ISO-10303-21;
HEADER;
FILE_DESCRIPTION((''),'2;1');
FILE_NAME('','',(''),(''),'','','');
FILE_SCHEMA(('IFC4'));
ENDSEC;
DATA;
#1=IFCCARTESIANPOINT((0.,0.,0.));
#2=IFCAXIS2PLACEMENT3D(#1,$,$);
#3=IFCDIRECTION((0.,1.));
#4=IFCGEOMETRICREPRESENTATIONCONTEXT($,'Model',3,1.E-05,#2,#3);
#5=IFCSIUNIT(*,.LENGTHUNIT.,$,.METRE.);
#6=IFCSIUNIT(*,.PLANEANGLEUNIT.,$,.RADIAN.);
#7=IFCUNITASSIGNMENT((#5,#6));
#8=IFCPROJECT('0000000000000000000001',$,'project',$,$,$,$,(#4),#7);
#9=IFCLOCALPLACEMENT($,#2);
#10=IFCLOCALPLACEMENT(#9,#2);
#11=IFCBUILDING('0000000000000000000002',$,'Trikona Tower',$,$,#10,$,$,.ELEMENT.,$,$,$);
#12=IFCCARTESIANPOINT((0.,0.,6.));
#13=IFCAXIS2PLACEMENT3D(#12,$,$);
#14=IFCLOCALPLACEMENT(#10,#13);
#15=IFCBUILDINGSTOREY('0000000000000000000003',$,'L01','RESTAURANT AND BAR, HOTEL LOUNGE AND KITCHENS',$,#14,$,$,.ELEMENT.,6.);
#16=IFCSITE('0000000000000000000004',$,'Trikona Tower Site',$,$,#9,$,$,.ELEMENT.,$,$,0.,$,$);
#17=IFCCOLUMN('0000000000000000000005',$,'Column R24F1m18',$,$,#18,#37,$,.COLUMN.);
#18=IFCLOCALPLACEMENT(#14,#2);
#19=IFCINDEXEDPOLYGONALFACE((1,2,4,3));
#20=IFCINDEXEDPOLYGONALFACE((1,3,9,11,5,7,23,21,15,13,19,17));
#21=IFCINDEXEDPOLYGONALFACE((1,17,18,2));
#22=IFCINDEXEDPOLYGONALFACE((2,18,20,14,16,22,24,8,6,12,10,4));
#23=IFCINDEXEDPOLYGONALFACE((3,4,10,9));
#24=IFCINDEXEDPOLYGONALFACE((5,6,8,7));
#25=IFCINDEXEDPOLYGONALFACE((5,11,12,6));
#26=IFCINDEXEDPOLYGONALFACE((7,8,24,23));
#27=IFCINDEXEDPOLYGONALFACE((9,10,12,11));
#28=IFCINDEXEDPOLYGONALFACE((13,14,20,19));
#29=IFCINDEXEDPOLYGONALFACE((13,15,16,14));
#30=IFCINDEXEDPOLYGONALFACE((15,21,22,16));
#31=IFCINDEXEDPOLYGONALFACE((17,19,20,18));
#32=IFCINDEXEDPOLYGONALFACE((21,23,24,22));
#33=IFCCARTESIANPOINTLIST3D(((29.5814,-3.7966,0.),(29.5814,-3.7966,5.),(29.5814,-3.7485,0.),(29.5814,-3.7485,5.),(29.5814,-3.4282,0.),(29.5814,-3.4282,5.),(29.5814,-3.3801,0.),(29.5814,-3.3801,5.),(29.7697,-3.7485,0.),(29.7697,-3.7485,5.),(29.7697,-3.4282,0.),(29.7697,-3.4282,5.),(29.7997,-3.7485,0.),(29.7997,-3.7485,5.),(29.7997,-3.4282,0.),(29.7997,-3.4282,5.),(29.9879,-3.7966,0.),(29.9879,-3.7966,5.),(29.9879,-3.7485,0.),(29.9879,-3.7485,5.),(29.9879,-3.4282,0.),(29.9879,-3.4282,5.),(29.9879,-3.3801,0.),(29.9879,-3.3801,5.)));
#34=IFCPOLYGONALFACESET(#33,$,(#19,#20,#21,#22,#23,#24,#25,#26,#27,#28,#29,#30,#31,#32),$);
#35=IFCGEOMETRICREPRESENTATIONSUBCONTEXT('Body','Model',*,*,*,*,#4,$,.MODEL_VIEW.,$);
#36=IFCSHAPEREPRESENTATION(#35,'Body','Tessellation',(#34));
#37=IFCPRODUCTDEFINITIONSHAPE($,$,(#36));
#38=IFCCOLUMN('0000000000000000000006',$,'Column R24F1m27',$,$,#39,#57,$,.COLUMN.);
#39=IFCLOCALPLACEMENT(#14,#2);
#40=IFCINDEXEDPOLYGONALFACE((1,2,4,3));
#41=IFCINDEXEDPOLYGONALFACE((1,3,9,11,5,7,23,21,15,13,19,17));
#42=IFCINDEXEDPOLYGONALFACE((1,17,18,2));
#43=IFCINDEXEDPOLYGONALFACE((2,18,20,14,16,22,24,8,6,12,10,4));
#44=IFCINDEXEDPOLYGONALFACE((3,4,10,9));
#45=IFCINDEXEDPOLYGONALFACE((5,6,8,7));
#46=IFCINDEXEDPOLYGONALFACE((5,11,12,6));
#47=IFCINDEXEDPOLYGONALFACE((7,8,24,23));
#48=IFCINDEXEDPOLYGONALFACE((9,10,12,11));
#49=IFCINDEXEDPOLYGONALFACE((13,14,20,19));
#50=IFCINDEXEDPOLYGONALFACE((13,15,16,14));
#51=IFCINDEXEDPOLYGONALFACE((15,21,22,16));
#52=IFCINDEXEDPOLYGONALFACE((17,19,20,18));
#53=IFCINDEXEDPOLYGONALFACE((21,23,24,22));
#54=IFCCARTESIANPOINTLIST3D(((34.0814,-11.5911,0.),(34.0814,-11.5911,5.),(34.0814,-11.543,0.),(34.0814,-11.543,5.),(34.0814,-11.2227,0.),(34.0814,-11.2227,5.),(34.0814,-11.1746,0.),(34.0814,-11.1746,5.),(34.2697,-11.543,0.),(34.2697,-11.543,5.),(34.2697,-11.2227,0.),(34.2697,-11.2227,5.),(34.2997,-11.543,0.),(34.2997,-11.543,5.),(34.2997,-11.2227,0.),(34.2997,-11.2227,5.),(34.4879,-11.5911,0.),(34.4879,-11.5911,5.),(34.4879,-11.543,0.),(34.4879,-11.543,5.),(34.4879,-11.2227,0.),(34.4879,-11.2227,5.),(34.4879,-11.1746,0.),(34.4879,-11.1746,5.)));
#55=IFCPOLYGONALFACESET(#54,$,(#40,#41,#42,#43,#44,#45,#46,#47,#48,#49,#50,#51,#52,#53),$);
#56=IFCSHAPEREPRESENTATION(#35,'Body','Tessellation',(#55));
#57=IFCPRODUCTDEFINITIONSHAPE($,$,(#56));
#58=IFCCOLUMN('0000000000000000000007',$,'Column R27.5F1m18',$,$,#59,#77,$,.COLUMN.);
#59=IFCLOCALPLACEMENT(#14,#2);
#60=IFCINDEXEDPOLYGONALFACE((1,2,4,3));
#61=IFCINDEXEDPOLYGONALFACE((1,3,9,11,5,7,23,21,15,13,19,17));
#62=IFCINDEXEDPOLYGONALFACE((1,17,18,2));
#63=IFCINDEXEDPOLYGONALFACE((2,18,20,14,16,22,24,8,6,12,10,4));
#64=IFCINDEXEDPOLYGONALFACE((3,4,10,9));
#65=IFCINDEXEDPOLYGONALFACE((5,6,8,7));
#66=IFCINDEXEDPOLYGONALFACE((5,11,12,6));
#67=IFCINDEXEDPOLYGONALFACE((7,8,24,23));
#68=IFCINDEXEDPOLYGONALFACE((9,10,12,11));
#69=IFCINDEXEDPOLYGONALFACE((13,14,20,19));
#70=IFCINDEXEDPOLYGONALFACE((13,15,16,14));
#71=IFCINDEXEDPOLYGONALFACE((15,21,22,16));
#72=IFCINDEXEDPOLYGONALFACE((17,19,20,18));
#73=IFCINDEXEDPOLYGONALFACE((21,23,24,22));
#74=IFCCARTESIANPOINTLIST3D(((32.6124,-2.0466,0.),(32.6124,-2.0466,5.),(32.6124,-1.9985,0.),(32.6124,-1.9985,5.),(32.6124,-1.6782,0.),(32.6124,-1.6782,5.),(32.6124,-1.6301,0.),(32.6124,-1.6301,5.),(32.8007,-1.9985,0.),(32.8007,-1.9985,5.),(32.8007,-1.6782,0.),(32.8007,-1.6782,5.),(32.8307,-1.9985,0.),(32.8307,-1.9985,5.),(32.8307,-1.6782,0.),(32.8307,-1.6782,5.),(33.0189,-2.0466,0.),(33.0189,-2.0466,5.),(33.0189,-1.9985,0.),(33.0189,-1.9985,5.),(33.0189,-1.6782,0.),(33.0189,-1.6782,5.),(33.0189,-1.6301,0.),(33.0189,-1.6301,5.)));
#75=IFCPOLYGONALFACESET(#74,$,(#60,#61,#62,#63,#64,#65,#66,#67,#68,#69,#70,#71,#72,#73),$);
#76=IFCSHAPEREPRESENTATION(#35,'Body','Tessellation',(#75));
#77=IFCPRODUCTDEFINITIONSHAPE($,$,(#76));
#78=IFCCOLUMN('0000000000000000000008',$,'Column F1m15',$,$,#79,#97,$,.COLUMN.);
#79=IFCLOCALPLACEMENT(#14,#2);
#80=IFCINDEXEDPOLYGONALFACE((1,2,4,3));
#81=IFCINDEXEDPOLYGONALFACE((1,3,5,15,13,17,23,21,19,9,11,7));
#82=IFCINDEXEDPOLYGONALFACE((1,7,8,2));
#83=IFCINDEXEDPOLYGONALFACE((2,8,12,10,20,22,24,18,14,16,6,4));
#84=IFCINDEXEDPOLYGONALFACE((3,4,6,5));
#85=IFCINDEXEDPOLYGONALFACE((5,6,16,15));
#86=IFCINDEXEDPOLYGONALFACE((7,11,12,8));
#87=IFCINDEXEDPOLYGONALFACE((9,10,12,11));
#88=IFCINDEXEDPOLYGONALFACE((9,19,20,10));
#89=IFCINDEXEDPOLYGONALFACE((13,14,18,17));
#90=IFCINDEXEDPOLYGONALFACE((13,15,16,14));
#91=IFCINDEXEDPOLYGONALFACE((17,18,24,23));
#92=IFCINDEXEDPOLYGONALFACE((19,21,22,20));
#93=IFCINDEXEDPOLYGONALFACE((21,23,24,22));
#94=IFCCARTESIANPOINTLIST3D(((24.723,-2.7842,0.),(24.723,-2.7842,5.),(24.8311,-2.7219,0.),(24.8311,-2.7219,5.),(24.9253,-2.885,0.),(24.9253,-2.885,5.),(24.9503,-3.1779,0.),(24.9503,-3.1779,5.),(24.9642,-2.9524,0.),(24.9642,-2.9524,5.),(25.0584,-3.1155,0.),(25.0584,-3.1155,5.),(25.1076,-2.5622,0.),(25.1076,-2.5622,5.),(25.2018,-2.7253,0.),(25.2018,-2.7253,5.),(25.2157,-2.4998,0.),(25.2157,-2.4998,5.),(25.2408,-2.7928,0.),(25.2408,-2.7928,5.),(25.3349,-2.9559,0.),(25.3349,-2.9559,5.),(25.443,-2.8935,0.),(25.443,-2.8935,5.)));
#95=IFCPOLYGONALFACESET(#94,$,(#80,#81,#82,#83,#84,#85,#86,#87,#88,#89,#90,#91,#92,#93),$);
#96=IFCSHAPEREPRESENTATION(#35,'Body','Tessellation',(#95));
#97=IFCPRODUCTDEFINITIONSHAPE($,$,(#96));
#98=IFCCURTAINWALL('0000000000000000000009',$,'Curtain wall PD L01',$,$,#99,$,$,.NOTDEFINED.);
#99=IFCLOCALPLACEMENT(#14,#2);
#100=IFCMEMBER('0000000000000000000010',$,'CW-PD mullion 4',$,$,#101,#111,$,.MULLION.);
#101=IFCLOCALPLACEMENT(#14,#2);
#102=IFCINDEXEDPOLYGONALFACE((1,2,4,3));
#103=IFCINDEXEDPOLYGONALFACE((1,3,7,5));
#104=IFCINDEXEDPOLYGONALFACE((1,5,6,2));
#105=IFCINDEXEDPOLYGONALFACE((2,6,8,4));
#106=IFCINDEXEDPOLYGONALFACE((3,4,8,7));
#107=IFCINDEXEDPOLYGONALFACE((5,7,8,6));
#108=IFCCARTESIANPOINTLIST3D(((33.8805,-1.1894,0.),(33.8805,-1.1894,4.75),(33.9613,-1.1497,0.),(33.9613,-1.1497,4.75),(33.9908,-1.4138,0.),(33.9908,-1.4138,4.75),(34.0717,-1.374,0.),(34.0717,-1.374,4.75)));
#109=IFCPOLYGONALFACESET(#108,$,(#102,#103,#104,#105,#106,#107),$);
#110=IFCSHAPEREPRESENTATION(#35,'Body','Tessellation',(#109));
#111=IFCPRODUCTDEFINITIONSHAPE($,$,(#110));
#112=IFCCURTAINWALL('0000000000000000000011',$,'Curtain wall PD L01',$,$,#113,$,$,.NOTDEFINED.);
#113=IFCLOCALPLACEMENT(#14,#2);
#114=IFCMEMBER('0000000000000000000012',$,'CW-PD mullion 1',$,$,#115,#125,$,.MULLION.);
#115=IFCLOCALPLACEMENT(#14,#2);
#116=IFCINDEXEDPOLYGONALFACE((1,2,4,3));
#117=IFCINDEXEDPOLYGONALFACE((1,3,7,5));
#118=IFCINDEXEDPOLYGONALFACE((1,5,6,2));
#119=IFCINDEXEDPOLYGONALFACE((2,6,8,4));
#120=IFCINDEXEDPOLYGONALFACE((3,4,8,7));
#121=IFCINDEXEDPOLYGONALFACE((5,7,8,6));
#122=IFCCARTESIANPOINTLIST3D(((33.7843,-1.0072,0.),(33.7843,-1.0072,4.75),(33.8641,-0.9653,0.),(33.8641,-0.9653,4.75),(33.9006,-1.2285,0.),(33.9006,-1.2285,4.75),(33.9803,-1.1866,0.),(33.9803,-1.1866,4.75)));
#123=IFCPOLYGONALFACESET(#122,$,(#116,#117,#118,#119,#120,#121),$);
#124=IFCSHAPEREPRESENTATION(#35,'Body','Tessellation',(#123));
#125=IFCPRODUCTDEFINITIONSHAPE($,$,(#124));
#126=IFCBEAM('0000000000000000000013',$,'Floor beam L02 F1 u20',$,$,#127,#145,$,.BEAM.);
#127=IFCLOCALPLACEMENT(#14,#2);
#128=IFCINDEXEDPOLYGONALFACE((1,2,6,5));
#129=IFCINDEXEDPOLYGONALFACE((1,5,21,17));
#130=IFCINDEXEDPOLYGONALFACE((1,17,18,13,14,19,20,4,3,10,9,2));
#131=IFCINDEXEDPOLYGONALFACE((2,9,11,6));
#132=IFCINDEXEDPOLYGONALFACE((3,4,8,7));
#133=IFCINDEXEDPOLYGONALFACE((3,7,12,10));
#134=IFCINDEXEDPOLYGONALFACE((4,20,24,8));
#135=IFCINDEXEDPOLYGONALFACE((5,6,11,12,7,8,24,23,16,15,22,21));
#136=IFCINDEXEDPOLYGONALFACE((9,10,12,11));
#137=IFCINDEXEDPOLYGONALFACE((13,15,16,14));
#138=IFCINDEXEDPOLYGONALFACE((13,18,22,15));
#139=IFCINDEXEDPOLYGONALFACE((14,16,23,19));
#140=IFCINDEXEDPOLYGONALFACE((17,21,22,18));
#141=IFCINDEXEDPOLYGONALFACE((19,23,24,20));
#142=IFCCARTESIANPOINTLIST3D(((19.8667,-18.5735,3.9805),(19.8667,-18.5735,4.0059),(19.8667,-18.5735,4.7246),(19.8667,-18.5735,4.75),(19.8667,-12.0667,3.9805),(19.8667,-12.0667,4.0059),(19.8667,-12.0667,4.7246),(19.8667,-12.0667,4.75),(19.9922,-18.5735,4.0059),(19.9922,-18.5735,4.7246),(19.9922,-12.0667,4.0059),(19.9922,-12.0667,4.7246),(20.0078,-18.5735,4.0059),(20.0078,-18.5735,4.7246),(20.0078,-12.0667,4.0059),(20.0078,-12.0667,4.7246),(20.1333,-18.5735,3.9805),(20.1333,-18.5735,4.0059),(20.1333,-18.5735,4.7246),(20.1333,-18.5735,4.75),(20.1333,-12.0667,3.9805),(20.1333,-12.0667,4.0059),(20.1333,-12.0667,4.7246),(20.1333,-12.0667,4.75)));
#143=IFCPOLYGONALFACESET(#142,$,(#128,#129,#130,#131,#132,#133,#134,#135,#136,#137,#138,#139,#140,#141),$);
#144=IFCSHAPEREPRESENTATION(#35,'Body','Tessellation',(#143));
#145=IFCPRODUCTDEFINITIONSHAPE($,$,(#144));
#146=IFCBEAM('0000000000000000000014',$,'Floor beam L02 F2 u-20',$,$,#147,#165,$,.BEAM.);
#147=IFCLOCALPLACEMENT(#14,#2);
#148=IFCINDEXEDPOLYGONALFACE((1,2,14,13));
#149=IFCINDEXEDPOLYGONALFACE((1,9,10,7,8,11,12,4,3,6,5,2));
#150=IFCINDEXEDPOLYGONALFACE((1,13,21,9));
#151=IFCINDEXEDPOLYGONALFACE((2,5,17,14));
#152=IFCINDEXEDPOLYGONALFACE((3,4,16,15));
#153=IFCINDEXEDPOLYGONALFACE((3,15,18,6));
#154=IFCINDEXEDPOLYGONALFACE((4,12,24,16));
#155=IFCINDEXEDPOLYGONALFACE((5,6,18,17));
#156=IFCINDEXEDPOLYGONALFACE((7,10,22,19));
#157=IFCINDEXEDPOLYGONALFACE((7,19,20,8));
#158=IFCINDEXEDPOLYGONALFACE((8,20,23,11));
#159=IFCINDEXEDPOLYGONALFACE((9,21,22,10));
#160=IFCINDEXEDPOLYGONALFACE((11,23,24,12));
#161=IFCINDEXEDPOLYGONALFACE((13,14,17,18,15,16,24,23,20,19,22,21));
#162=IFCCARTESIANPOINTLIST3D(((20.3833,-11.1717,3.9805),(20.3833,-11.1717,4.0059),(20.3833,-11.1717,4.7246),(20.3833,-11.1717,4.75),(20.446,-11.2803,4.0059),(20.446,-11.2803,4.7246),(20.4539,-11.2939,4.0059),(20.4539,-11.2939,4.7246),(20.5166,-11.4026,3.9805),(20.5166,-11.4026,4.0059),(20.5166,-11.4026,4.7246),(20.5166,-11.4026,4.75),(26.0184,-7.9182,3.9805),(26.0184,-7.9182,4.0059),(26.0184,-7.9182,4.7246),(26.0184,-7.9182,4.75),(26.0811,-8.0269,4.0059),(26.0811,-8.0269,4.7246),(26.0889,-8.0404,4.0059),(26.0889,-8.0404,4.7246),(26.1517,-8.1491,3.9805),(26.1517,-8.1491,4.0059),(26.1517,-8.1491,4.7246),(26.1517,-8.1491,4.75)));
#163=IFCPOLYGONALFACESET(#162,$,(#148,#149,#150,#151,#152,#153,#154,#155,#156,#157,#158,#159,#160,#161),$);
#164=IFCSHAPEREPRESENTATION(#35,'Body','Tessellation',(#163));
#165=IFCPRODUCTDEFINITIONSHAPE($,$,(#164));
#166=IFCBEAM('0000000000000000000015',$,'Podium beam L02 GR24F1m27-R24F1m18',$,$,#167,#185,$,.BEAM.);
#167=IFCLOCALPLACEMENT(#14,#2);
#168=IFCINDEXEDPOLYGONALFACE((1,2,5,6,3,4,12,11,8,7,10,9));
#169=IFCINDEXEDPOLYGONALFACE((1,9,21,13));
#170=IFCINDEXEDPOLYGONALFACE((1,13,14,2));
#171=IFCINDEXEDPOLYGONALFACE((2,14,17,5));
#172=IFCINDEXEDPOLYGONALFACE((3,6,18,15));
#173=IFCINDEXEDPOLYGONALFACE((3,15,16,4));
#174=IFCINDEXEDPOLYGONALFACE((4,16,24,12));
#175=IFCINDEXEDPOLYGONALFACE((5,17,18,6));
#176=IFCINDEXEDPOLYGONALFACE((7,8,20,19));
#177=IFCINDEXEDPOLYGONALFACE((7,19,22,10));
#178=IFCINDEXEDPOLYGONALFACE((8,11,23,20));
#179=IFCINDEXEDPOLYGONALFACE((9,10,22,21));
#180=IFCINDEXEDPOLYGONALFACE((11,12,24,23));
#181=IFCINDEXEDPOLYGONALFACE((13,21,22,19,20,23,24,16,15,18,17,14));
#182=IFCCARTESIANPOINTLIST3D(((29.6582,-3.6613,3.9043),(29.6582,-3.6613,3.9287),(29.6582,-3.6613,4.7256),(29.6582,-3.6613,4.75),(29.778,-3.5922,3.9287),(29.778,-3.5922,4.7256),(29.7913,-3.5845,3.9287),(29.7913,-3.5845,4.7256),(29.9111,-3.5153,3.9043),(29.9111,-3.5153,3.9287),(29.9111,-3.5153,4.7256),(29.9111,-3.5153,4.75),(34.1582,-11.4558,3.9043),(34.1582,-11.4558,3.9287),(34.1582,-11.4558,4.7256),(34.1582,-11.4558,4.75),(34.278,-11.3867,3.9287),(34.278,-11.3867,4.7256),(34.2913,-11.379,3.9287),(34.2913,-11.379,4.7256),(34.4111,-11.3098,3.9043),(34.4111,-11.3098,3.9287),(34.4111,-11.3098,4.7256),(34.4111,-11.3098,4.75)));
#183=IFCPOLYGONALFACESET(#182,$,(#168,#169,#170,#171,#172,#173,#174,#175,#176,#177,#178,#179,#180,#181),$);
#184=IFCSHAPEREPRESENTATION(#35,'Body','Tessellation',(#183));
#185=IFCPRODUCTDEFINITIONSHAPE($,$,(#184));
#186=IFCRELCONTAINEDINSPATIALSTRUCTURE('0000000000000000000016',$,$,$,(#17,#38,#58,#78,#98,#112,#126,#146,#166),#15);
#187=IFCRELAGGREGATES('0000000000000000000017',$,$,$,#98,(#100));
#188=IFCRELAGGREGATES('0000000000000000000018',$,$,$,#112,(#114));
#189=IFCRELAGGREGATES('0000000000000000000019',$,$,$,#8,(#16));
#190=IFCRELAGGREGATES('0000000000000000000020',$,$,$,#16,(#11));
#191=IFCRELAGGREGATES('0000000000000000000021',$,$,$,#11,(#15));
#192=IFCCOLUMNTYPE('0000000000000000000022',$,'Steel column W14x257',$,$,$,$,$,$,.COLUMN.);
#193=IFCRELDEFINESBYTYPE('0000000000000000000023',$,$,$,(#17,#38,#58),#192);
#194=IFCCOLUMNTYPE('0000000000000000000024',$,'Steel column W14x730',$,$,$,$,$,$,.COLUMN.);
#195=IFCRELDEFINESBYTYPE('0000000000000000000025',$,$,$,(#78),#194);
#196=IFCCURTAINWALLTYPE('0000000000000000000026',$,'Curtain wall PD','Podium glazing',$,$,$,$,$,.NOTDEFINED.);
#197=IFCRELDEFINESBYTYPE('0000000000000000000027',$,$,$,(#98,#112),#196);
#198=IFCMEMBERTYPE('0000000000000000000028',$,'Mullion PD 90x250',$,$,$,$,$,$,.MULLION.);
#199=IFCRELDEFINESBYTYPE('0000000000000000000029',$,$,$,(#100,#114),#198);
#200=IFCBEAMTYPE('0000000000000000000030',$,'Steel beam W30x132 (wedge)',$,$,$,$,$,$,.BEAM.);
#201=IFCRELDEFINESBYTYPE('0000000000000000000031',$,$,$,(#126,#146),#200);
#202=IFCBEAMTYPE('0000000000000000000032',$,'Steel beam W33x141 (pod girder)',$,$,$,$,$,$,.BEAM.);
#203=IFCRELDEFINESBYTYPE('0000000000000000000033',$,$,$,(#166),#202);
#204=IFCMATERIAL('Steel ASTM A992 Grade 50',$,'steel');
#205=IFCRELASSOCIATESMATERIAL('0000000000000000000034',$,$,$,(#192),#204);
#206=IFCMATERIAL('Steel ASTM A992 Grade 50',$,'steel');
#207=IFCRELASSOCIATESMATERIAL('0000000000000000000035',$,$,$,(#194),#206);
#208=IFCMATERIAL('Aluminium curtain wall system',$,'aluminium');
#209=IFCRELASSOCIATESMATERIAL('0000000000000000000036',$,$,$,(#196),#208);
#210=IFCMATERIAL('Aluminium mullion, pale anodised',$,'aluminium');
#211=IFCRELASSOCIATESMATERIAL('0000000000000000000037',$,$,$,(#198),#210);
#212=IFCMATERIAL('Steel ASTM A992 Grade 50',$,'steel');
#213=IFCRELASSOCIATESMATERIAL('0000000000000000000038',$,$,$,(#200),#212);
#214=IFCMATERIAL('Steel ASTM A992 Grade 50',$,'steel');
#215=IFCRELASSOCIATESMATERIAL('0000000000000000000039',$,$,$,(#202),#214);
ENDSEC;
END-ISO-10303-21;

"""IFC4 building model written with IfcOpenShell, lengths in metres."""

from ifc_helpers import new_model, si_unit, direction, frame, origin, origin_2d, place, context, subcontext, project, spatial, rectangle, i_section, extrude, material, material_profile, profile_set, type_object, element, aggregate, save


model = new_model("IFC4")

# Units and contexts
model_context = context("Model", 3, precision=1e-05, world=origin(), true_north=direction((0.0, 1.0)))
body_context = subcontext(model_context, "Body", "Model", "MODEL_VIEW")
ifc_project = project(units=[si_unit("LENGTHUNIT", "METRE"), si_unit("PLANEANGLEUNIT", "RADIAN")], contexts=[model_context])

# Site, building, storey
site_placement = place(None, origin())
site = spatial("IfcSite", under=ifc_project, at=site_placement, Name="Trikona Tower Site", CompositionType="ELEMENT", RefElevation=0.0)
building_placement = place(site_placement, origin())
building = spatial("IfcBuilding", under=site, at=building_placement, Name="Trikona Tower", CompositionType="ELEMENT")
storey_placement = place(building_placement, frame((0.0, 0.0, 6.0)))
storey = spatial("IfcBuildingStorey", under=building, at=storey_placement, Name="L01", Description="RESTAURANT AND BAR, HOTEL LOUNGE AND KITCHENS", CompositionType="ELEMENT", Elevation=6.0)

# Columns
ifc_material_1 = material(Name="Steel ASTM A992 Grade 50", Category="steel")
ifc_material_profile_1 = material_profile(ifc_material_1, i_section(OverallWidth=0.4065, OverallDepth=0.4165, WebThickness=0.03, FlangeThickness=0.0481, at=origin_2d()), Name="W14X257")
ifc_profile_set_1 = profile_set([ifc_material_profile_1], Name="Steel ASTM A992 Grade 50")
column_type_1 = type_object("IfcColumnType", Name="Steel column W14x257", PredefinedType="COLUMN", material=ifc_profile_set_1)
for number, where, z_axis, x_axis, name in (
    (1, (29.7847, -3.5884, 0.0), (0.0, 0.0, 1.0), (1.0, 0.0, 0.0), "Column R24F1m18"),
    (2, (34.2847, -11.3828, 0.0), (0.0, 0.0, 1.0), (1.0, 0.0, 0.0), "Column R24F1m27"),
    (3, (32.8157, -1.8384, 0.0), (0.0, 0.0, 1.0), (1.0, 0.0, 0.0), "Column R27.5F1m18"),
):
    element("IfcColumn", number, at=place(storey_placement, frame(where, z_axis=z_axis, x_axis=x_axis)), inside=storey, type_object=column_type_1, Name=name, PredefinedType="COLUMN", context=body_context, shape_type="SweptSolid", body=[
        extrude(i_section(OverallWidth=0.4065, OverallDepth=0.4165, WebThickness=0.03, FlangeThickness=0.0481, at=origin_2d()), origin(), (0.0, 0.0, 1.0), 5.0),
    ])
ifc_material_2 = material(Name="Steel ASTM A992 Grade 50", Category="steel")
ifc_material_profile_2 = material_profile(ifc_material_2, i_section(OverallWidth=0.4546, OverallDepth=0.5688, WebThickness=0.0779, FlangeThickness=0.1248, at=origin_2d()), Name="W14X730")
ifc_profile_set_2 = profile_set([ifc_material_profile_2], Name="Steel ASTM A992 Grade 50")
column_type_2 = type_object("IfcColumnType", Name="Steel column W14x730", PredefinedType="COLUMN", material=ifc_profile_set_2)
column_placement = place(storey_placement, frame((25.083, -2.8389, 0.0), z_axis=(0.0, 0.0, 1.0), x_axis=(-0.5, 0.866025, 0.0)))
element("IfcColumn", 4, at=column_placement, inside=storey, type_object=column_type_2, Name="Column F1m15", PredefinedType="COLUMN", context=body_context, shape_type="SweptSolid", body=[
    extrude(i_section(OverallWidth=0.4546, OverallDepth=0.5688, WebThickness=0.0779, FlangeThickness=0.1248, at=origin_2d()), origin(), (0.0, 0.0, 1.0), 5.0),
])

# Curtain walls, members
ifc_material_3 = material(Name="Aluminium curtain wall system", Category="aluminium")
curtain_wall_type = type_object("IfcCurtainWallType", Name="Curtain wall PD", Description="Podium glazing", PredefinedType="NOTDEFINED", material=ifc_material_3)
curtain_wall_1_placement = place(storey_placement, origin())
curtain_wall_1 = element("IfcCurtainWall", 5, at=curtain_wall_1_placement, inside=storey, type_object=curtain_wall_type, Name="Curtain wall PD L01", PredefinedType="NOTDEFINED")
ifc_material_4 = material(Name="Aluminium mullion, pale anodised", Category="aluminium")
ifc_material_profile_3 = material_profile(ifc_material_4, rectangle(XDim=0.0901, YDim=0.25, at=origin_2d()), Name="MUL-PD")
ifc_profile_set_3 = profile_set([ifc_material_profile_3], Name="Aluminium mullion, pale anodised")
member_type_1 = type_object("IfcMemberType", Name="Mullion PD 90x250", PredefinedType="MULLION", material=ifc_profile_set_3)
member_1_placement = place(storey_placement, frame((33.9761, -1.2817, 0.0), z_axis=(0.0, 0.0, 1.0), x_axis=(-0.897363, -0.441294, 0.0)))
member_1 = element("IfcMember", 6, at=member_1_placement, type_object=member_type_1, Name="CW-PD mullion 4", PredefinedType="MULLION", context=body_context, shape_type="SweptSolid", body=[
    extrude(rectangle(XDim=0.0901, YDim=0.25, at=origin_2d()), origin(), (0.0, 0.0, 1.0), 4.75),
])
aggregate(curtain_wall_1, [member_1])
curtain_wall_2_placement = place(storey_placement, origin())
curtain_wall_2 = element("IfcCurtainWall", 7, at=curtain_wall_2_placement, inside=storey, type_object=curtain_wall_type, Name="Curtain wall PD L01", PredefinedType="NOTDEFINED")
member_2_placement = place(storey_placement, frame((33.8823, -1.0969, 0.0), z_axis=(0.0, 0.0, 1.0), x_axis=(-0.885322, -0.464979, 0.0)))
member_2 = element("IfcMember", 8, at=member_2_placement, type_object=member_type_1, Name="CW-PD mullion 1", PredefinedType="MULLION", context=body_context, shape_type="SweptSolid", body=[
    extrude(rectangle(XDim=0.0901, YDim=0.25, at=origin_2d()), origin(), (0.0, 0.0, 1.0), 4.75),
])

# Beams
ifc_material_5 = material(Name="Steel ASTM A992 Grade 50", Category="steel")
ifc_material_profile_4 = material_profile(ifc_material_5, i_section(OverallWidth=0.2666, OverallDepth=0.7695, WebThickness=0.0156, FlangeThickness=0.0254, at=origin_2d()), Name="W30X132")
ifc_profile_set_4 = profile_set([ifc_material_profile_4], Name="Steel ASTM A992 Grade 50")
beam_type_1 = type_object("IfcBeamType", Name="Steel beam W30x132 (wedge)", PredefinedType="BEAM", material=ifc_profile_set_4)
for number, where, z_axis, x_axis, name in (
    (9, (20.0, -12.0667, 4.3652), (0.0, -1.0, 0.0), (1.0, 0.0, 0.0), "Floor beam L02 F1 u20"),
    (10, (20.45, -11.2871, 4.3652), (0.866023, 0.500005, 0.0), (-0.500005, 0.866023, 0.0), "Floor beam L02 F2 u-20"),
):
    element("IfcBeam", number, at=place(storey_placement, frame(where, z_axis=z_axis, x_axis=x_axis)), inside=storey, type_object=beam_type_1, Name=name, PredefinedType="BEAM", context=body_context, shape_type="SweptSolid", body=[
        extrude(i_section(OverallWidth=0.2666, OverallDepth=0.7695, WebThickness=0.0156, FlangeThickness=0.0254, at=origin_2d()), origin(), (0.0, 0.0, 1.0), 6.5068),
    ])
ifc_material_6 = material(Name="Steel ASTM A992 Grade 50", Category="steel")
ifc_material_profile_5 = material_profile(ifc_material_6, i_section(OverallWidth=0.292, OverallDepth=0.8457, WebThickness=0.0154, FlangeThickness=0.0244, at=origin_2d()), Name="W33X141")
ifc_profile_set_5 = profile_set([ifc_material_profile_5], Name="Steel ASTM A992 Grade 50")
beam_type_2 = type_object("IfcBeamType", Name="Steel beam W33x141 (pod girder)", PredefinedType="BEAM", material=ifc_profile_set_5)
beam_1_placement = place(storey_placement, frame((34.2847, -11.3828, 4.3271), z_axis=(-0.49999, 0.866031, 0.0), x_axis=(-0.866031, -0.49999, 0.0)))
element("IfcBeam", 11, at=beam_1_placement, inside=storey, type_object=beam_type_2, Name="Podium beam L02 GR24F1m27-R24F1m18", PredefinedType="BEAM", context=body_context, shape_type="SweptSolid", body=[
    extrude(i_section(OverallWidth=0.292, OverallDepth=0.8457, WebThickness=0.0154, FlangeThickness=0.0244, at=origin_2d()), origin(), (0.0, 0.0, 1.0), 9.0002),
])

aggregate(curtain_wall_2, [member_2])

save(model, "model.ifc")
